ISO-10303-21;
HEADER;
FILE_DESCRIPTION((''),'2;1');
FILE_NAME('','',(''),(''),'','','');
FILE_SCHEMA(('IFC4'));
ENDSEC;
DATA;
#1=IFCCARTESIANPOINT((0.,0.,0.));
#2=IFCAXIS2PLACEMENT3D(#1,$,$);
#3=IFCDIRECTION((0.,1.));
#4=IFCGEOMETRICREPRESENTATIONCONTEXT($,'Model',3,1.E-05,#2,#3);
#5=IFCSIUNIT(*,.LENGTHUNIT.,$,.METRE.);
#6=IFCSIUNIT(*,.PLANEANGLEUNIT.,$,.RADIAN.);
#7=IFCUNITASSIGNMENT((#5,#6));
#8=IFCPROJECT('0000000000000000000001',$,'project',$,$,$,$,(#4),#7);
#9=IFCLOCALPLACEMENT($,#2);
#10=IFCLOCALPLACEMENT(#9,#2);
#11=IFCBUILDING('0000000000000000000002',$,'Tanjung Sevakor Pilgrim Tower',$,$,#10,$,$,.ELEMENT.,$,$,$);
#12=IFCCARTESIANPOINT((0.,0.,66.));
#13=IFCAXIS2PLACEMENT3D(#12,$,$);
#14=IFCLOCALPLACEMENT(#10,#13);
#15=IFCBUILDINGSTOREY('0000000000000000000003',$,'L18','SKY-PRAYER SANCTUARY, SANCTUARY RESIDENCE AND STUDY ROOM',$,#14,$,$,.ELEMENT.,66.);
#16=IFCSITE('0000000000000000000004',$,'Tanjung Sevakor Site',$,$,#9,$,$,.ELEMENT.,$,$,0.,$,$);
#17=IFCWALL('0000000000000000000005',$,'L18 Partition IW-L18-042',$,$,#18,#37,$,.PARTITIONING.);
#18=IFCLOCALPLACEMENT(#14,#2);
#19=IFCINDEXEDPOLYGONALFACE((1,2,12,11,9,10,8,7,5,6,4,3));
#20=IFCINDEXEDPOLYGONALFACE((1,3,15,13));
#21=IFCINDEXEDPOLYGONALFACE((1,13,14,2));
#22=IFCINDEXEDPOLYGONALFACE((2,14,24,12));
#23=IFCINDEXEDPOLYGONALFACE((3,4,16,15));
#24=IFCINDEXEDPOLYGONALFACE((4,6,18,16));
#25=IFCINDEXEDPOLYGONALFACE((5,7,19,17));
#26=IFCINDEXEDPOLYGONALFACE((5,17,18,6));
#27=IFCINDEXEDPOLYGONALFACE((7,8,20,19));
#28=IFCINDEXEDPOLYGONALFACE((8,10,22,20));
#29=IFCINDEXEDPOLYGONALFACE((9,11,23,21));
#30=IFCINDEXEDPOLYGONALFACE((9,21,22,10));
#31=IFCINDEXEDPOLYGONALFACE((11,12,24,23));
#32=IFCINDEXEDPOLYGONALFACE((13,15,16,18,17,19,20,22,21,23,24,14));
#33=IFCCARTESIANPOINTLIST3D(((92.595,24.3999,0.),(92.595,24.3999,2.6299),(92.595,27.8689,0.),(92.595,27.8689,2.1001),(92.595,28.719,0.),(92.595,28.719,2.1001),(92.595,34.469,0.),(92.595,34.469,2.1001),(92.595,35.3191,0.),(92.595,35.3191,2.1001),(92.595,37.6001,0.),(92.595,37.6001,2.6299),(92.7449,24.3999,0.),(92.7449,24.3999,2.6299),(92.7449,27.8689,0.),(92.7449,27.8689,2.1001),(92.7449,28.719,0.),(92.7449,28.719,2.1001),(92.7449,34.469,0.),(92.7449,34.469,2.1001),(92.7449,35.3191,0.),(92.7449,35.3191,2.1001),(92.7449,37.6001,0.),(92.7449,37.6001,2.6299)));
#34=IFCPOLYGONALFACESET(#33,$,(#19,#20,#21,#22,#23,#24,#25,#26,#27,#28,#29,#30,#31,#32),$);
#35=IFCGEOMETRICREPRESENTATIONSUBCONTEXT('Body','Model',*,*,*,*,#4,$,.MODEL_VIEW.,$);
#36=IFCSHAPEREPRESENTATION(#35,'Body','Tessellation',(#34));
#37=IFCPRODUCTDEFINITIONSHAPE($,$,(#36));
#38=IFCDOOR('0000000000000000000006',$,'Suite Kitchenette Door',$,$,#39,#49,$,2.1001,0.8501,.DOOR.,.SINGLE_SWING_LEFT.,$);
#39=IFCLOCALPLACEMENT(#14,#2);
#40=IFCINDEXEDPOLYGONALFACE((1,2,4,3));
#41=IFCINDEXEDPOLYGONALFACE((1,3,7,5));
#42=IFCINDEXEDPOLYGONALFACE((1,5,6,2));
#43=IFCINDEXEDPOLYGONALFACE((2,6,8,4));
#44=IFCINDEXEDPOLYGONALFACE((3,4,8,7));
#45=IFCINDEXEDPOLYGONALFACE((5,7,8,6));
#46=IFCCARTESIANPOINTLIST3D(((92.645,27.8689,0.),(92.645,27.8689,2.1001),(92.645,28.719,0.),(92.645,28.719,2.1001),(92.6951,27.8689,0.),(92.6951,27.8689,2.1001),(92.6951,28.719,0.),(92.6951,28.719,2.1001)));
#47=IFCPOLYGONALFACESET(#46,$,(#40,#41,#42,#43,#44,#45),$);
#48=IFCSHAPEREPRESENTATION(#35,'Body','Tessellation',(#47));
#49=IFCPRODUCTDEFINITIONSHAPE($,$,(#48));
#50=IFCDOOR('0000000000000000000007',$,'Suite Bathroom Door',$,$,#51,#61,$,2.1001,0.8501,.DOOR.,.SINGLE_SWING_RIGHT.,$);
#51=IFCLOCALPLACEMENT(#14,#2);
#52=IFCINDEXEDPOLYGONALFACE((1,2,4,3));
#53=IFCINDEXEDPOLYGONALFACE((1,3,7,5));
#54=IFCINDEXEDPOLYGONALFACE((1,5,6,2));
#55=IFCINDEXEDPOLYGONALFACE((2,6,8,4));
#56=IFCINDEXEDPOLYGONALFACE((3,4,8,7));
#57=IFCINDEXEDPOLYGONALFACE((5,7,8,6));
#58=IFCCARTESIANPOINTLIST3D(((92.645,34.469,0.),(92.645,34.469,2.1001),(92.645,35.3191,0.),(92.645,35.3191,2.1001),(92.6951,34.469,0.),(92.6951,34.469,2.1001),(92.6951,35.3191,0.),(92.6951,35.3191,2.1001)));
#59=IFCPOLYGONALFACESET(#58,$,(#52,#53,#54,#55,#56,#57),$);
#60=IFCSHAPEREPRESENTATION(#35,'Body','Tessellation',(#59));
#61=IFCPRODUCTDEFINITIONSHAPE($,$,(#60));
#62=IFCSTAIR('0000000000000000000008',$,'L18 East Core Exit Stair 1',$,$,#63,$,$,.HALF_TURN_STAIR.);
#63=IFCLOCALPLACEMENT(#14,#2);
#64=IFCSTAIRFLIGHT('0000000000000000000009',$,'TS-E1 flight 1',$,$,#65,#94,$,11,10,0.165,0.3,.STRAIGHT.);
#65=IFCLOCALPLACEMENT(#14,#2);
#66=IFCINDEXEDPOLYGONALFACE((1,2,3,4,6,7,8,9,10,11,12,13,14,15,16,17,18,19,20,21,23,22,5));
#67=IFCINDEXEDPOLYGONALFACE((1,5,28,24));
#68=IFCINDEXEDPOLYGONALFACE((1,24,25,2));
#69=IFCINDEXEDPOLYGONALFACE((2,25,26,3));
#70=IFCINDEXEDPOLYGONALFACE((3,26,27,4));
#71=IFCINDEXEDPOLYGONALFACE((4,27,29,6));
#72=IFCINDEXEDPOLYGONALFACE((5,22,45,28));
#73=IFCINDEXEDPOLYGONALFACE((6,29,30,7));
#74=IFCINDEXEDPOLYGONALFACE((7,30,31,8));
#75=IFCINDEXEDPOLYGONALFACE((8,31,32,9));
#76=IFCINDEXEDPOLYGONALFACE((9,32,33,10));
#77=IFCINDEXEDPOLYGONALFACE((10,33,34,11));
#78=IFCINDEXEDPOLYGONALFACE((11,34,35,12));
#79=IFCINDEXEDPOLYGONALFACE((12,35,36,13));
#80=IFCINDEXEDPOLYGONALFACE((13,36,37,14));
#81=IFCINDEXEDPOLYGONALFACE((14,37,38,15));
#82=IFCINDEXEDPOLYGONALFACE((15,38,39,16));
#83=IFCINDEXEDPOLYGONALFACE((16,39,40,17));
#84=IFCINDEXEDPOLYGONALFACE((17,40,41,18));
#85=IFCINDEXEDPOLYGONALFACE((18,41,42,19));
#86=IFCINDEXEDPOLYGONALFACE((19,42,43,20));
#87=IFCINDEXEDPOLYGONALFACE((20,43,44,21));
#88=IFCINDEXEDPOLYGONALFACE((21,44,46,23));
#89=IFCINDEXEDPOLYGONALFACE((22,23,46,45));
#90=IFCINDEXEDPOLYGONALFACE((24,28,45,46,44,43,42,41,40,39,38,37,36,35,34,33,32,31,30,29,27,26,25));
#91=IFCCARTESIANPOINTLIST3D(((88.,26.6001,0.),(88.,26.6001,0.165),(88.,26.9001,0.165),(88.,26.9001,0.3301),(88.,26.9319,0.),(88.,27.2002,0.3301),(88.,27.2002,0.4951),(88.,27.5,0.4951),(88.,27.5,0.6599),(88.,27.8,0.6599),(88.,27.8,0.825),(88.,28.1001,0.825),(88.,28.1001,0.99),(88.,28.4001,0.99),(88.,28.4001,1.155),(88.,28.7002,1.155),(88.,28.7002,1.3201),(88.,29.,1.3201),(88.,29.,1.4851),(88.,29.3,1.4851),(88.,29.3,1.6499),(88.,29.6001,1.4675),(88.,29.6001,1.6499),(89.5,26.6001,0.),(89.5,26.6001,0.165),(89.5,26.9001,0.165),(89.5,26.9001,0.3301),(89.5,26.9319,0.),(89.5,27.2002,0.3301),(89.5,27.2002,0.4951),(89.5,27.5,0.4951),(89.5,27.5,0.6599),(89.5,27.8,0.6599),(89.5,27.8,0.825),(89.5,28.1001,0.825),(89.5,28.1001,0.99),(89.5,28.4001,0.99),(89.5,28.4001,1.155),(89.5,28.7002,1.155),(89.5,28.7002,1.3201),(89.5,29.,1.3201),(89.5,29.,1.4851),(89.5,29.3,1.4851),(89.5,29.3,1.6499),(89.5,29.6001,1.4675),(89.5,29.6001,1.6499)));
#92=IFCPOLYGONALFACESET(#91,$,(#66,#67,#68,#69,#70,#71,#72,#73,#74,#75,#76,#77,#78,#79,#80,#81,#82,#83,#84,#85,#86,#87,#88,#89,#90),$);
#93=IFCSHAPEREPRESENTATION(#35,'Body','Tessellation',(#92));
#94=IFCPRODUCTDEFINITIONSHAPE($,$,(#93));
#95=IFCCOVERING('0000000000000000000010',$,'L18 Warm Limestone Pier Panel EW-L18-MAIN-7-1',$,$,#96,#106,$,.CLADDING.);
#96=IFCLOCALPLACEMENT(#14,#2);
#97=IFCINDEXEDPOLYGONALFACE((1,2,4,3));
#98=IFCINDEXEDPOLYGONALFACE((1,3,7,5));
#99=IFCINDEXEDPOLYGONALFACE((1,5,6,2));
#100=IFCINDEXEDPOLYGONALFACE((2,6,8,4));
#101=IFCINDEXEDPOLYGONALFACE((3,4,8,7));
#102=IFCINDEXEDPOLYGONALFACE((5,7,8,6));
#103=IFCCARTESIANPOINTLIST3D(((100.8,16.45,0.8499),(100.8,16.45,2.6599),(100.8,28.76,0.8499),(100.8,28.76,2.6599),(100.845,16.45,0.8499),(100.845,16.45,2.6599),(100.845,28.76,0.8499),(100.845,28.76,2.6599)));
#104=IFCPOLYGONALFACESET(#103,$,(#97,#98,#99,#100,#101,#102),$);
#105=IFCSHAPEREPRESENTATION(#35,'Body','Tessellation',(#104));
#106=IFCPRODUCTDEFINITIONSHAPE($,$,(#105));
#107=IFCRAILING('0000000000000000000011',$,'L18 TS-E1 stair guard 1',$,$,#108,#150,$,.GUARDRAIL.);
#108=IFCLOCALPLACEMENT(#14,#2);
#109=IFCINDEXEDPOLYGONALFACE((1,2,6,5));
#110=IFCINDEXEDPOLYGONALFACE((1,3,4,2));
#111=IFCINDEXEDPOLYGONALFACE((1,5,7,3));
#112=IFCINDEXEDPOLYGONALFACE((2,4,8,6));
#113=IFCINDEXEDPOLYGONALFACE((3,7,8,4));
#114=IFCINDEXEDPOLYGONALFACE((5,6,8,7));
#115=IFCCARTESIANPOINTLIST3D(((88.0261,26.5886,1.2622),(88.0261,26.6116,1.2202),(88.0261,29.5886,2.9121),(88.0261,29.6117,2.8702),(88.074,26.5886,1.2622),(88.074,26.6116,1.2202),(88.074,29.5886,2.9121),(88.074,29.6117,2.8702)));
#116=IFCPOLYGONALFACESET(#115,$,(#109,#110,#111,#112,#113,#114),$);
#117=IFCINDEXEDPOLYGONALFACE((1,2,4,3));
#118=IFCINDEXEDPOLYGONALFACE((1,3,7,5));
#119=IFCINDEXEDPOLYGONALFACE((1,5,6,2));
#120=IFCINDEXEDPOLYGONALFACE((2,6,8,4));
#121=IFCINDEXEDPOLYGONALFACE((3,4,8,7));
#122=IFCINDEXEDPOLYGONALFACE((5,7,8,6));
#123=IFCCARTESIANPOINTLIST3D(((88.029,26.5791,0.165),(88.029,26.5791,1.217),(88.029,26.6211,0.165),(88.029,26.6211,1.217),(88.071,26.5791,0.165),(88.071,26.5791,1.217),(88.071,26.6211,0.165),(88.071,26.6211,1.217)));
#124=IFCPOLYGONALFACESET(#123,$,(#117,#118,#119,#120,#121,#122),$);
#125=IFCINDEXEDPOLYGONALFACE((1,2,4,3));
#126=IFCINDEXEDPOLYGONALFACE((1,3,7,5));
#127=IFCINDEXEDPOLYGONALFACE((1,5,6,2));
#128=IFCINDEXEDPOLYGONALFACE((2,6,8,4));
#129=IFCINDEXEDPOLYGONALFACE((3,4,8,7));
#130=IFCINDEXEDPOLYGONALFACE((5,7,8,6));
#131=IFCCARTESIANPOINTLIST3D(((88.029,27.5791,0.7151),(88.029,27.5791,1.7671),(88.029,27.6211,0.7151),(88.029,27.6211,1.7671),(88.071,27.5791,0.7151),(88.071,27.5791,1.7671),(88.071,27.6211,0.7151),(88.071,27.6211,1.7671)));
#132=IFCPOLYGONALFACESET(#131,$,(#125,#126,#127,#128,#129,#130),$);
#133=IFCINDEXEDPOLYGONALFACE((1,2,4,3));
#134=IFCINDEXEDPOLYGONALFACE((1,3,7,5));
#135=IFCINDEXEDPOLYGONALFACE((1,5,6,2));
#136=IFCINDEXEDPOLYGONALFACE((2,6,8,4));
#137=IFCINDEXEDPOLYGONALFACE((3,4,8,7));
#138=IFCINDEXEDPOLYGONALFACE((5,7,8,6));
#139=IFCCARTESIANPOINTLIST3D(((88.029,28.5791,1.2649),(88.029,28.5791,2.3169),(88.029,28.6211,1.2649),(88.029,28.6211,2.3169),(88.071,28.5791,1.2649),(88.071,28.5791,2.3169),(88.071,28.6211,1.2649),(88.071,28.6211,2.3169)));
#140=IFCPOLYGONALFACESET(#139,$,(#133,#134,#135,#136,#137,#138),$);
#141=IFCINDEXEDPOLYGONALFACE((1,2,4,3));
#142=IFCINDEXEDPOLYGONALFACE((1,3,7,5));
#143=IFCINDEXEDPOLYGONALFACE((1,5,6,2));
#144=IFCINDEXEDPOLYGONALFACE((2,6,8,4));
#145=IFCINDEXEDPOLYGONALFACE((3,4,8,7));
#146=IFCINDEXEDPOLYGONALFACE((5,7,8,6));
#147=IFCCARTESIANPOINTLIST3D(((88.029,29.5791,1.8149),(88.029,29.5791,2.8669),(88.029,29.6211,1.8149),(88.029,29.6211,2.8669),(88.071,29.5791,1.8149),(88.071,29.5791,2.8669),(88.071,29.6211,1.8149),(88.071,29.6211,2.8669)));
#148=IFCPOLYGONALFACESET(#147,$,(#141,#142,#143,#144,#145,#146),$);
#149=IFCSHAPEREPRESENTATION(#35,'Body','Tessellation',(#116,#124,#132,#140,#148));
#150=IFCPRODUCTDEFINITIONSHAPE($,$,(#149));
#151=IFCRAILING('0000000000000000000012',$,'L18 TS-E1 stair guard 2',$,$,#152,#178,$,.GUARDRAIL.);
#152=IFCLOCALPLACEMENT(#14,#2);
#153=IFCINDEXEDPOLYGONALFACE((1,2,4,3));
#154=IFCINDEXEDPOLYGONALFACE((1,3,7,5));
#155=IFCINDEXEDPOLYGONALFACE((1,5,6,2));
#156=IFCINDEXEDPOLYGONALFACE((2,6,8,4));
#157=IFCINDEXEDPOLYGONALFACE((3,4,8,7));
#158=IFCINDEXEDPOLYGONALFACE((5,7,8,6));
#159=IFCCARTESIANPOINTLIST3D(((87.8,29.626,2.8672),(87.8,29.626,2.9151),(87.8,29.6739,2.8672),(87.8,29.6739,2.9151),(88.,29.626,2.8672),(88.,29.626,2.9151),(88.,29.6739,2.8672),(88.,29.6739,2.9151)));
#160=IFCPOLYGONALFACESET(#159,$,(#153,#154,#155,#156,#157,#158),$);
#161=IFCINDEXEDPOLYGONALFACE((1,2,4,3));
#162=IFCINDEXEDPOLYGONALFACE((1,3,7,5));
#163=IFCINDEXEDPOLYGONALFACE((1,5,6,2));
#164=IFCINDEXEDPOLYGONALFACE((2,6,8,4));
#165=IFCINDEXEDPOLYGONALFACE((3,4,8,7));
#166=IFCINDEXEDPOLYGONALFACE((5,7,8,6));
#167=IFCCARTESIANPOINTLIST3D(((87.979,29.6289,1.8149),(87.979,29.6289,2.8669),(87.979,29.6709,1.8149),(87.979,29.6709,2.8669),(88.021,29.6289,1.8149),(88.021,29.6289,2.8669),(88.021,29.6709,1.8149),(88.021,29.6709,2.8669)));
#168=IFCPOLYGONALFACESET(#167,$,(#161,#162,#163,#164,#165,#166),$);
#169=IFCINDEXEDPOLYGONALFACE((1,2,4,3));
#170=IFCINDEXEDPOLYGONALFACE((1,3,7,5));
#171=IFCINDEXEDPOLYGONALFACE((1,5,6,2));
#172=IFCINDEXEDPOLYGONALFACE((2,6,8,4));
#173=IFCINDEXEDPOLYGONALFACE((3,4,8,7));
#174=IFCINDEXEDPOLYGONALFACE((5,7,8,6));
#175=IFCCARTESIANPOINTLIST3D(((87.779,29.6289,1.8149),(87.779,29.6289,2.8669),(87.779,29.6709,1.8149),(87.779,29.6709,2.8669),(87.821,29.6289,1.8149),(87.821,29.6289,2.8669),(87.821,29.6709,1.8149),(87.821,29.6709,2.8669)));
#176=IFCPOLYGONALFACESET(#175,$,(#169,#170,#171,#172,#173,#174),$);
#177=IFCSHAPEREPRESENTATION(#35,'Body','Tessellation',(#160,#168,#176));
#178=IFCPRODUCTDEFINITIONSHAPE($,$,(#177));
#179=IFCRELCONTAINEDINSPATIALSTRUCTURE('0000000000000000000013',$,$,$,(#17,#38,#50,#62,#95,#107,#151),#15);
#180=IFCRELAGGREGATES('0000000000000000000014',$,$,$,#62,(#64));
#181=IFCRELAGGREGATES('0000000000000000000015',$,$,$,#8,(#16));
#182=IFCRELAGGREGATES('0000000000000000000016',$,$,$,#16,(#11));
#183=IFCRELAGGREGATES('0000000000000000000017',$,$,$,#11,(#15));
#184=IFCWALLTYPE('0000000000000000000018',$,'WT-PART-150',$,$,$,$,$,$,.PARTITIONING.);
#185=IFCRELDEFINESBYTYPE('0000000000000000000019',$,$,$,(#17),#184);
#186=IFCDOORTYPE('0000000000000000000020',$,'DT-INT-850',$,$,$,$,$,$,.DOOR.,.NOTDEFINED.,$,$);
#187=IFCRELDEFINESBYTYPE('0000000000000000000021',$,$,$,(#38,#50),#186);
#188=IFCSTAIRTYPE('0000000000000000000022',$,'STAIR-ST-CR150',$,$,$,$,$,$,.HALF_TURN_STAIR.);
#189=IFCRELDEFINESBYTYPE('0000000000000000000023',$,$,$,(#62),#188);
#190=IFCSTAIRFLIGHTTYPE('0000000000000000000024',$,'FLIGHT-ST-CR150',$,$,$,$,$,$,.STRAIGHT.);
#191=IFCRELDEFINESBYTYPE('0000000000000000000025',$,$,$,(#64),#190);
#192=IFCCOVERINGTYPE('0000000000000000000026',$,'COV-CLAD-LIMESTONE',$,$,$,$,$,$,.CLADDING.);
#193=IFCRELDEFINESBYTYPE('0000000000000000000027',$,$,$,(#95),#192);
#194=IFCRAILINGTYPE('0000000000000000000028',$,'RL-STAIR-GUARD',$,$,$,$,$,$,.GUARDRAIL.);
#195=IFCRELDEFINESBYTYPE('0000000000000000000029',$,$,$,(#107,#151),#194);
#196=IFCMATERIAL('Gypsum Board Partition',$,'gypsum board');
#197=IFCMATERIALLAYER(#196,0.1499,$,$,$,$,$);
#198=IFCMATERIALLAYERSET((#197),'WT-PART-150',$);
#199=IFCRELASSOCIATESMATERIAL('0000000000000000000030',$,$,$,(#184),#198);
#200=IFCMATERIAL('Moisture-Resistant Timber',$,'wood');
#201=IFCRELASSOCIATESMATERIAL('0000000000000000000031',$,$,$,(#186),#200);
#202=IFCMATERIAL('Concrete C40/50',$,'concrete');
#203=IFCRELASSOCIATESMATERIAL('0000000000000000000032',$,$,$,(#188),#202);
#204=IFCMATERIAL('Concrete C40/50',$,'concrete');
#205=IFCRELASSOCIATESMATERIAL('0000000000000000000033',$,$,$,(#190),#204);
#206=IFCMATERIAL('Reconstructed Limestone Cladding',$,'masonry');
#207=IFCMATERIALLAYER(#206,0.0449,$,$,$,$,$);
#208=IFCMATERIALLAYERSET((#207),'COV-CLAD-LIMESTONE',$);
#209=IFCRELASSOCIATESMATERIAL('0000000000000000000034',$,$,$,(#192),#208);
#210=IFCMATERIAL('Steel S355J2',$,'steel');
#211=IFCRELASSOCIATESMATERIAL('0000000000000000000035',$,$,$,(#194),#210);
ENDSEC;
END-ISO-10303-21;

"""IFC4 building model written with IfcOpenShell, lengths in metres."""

from ifc_helpers import new_model, si_unit, direction, frame, frame_2d, origin, origin_2d, place, context, subcontext, project, spatial, polyline, rectangle, outline, extrude, material, layer, layer_set, type_object, element, fill, aggregate, save


model = new_model("IFC4")

# Units and contexts
model_context = context("Model", 3, precision=1e-05, world=origin(), true_north=direction((0.0, 1.0)))
body_context = subcontext(model_context, "Body", "Model", "MODEL_VIEW")
ifc_project = project(units=[si_unit("LENGTHUNIT", "METRE"), si_unit("PLANEANGLEUNIT", "RADIAN")], contexts=[model_context])

# Site, building, storey
site_placement = place(None, origin())
site = spatial("IfcSite", under=ifc_project, at=site_placement, Name="Tanjung Sevakor Site", CompositionType="ELEMENT", RefElevation=0.0)
building_placement = place(site_placement, origin())
building = spatial("IfcBuilding", under=site, at=building_placement, Name="Tanjung Sevakor Pilgrim Tower", CompositionType="ELEMENT")
storey_placement = place(building_placement, frame((0.0, 0.0, 66.0)))
storey = spatial("IfcBuildingStorey", under=building, at=storey_placement, Name="L18", Description="SKY-PRAYER SANCTUARY, SANCTUARY RESIDENCE AND STUDY ROOM", CompositionType="ELEMENT", Elevation=66.0)

# Shared definitions
ifc_material_1 = material(Name="Gypsum Board Partition", Category="gypsum board")
ifc_layer_1 = layer(ifc_material_1, 0.1499)
ifc_layer_set_1 = layer_set([ifc_layer_1], Name="WT-PART-150")
wall_type_1 = type_object("IfcWallType", Name="WT-PART-150", PredefinedType="PARTITIONING", material=ifc_layer_set_1)
ifc_material_2 = material(Name="Moisture-Resistant Timber", Category="wood")
door_type_1 = type_object("IfcDoorType", Name="DT-INT-850", OperationType="NOTDEFINED", PredefinedType="DOOR", material=ifc_material_2)

# Wall, openings, doors
wall_1_placement = place(storey_placement, frame((92.6699, 24.3999, 0.0), z_axis=(0.0, 0.0, 1.0), x_axis=(0.0, 1.0, 0.0)))
wall_1 = element("IfcWall", 1, at=wall_1_placement, inside=storey, type_object=wall_type_1, Name="L18 Partition IW-L18-042", PredefinedType="PARTITIONING", context=body_context, shape_type="SweptSolid", body=[
    extrude(rectangle(XDim=13.2002, YDim=0.1499, at=frame_2d((6.6001, 0.0))), origin(), (0.0, 0.0, 1.0), 2.6299),
])
opening_1_placement = place(wall_1_placement, frame((3.469, 0.0, 0.0)))
opening_1 = element("IfcOpeningElement", 2, at=opening_1_placement, cuts=wall_1, PredefinedType="OPENING", context=body_context, shape_type="SweptSolid", body=[
    extrude(rectangle(XDim=0.8501, YDim=2.1001, at=frame_2d((0.425, 1.05))), frame((0.0, 0.085, 0.0), z_axis=(0.0, -1.0, 0.0), x_axis=(1.0, 0.0, 0.0)), (0.0, 0.0, 1.0), 0.1699),
])
opening_2_placement = place(wall_1_placement, frame((10.0691, 0.0, 0.0)))
opening_2 = element("IfcOpeningElement", 3, at=opening_2_placement, cuts=wall_1, PredefinedType="OPENING", context=body_context, shape_type="SweptSolid", body=[
    extrude(rectangle(XDim=0.8501, YDim=2.1001, at=frame_2d((0.425, 1.05))), frame((0.0, 0.085, 0.0), z_axis=(0.0, -1.0, 0.0), x_axis=(1.0, 0.0, 0.0)), (0.0, 0.0, 1.0), 0.1699),
])
door_1_placement = place(opening_1_placement, origin())
door_1 = element("IfcDoor", 4, at=door_1_placement, inside=storey, type_object=door_type_1, Name="Suite Kitchenette Door", OperationType="SINGLE_SWING_LEFT", OverallHeight=2.1001, OverallWidth=0.8501, PredefinedType="DOOR", context=body_context, shape_type="SweptSolid", body=[
    extrude(rectangle(XDim=0.8501, YDim=2.1001, at=frame_2d((0.425, 1.05))), frame((0.0, 0.0249, 0.0), z_axis=(0.0, -1.0, 0.0), x_axis=(1.0, 0.0, 0.0)), (0.0, 0.0, 1.0), 0.05),
])
fill(opening_1, door_1)
door_2_placement = place(opening_2_placement, origin())
door_2 = element("IfcDoor", 5, at=door_2_placement, inside=storey, type_object=door_type_1, Name="Suite Bathroom Door", OperationType="SINGLE_SWING_RIGHT", OverallHeight=2.1001, OverallWidth=0.8501, PredefinedType="DOOR", context=body_context, shape_type="SweptSolid", body=[
    extrude(rectangle(XDim=0.8501, YDim=2.1001, at=frame_2d((0.425, 1.05))), frame((0.0, 0.0249, 0.0), z_axis=(0.0, -1.0, 0.0), x_axis=(1.0, 0.0, 0.0)), (0.0, 0.0, 1.0), 0.05),
])
fill(opening_2, door_2)

# Stair, stair flight
ifc_material_3 = material(Name="Concrete C40/50", Category="concrete")
stair_type = type_object("IfcStairType", Name="STAIR-ST-CR150", PredefinedType="HALF_TURN_STAIR", material=ifc_material_3)
stair_placement = place(storey_placement, origin())
stair = element("IfcStair", 6, at=stair_placement, inside=storey, type_object=stair_type, Name="L18 East Core Exit Stair 1", PredefinedType="HALF_TURN_STAIR")
ifc_material_4 = material(Name="Concrete C40/50", Category="concrete")
stair_flight_type = type_object("IfcStairFlightType", Name="FLIGHT-ST-CR150", PredefinedType="STRAIGHT", material=ifc_material_4)
stair_flight_placement = place(storey_placement, frame((88.75, 26.6001, 0.0), z_axis=(0.0, 0.0, 1.0), x_axis=(0.0, 1.0, 0.0)))
stair_flight = element("IfcStairFlight", 7, at=stair_flight_placement, type_object=stair_flight_type, Name="TS-E1 flight 1", NumberOfRisers=11, NumberOfTreads=10, PredefinedType="STRAIGHT", RiserHeight=0.165, TreadLength=0.3, context=body_context, shape_type="SweptSolid", body=[
    extrude(outline(polyline([(0.0, 0.0), (0.0, 0.165), (0.3, 0.165), (0.3, 0.3301), (0.6001, 0.3301), (0.6001, 0.4951), (0.8999, 0.4951), (0.8999, 0.6599), (1.2, 0.6599), (1.2, 0.825), (1.5, 0.825), (1.5, 0.99), (1.8, 0.99), (1.8, 1.155), (2.1001, 1.155), (2.1001, 1.3201), (2.3999, 1.3201), (2.3999, 1.4851), (2.7, 1.4851), (2.7, 1.6499), (3.0, 1.6499), (3.0, 1.8149), (3.0, 1.4675), (0.3318, 0.0), (0.0, 0.0)])), frame((0.0, 0.75, 0.0), z_axis=(0.0, -1.0, 0.0), x_axis=(1.0, 0.0, 0.0)), (0.0, 0.0, 1.0), 1.5),
])
aggregate(stair, [stair_flight])

# Covering
ifc_material_5 = material(Name="Reconstructed Limestone Cladding", Category="masonry")
ifc_layer_2 = layer(ifc_material_5, 0.0449)
ifc_layer_set_2 = layer_set([ifc_layer_2], Name="COV-CLAD-LIMESTONE")
covering_type = type_object("IfcCoveringType", Name="COV-CLAD-LIMESTONE", PredefinedType="CLADDING", material=ifc_layer_set_2)
covering_placement = place(storey_placement, frame((100.8225, 22.605, 0.8499), z_axis=(0.0, 0.0, 1.0), x_axis=(0.0, 1.0, 0.0)))
element("IfcCovering", 8, at=covering_placement, inside=storey, type_object=covering_type, Name="L18 Warm Limestone Pier Panel EW-L18-MAIN-7-1", PredefinedType="CLADDING", context=body_context, shape_type="SweptSolid", body=[
    extrude(rectangle(XDim=12.3101, YDim=0.0449, at=origin_2d()), origin(), (0.0, 0.0, 1.0), 1.8101),
])

# Railings
ifc_material_6 = material(Name="Steel S355J2", Category="steel")
railing_type_1 = type_object("IfcRailingType", Name="RL-STAIR-GUARD", PredefinedType="GUARDRAIL", material=ifc_material_6)
railing_1_placement = place(storey_placement, frame((88.05, 26.6001, 0.165)))
element("IfcRailing", 9, at=railing_1_placement, inside=storey, type_object=railing_type_1, Name="L18 TS-E1 stair guard 1", PredefinedType="GUARDRAIL", context=body_context, shape_type="SweptSolid", body=[
    extrude(rectangle(XDim=0.0479, YDim=0.0479), frame((0.0, 0.0, 1.0762), z_axis=(0.0, 0.876228, 0.481897), x_axis=(-1.0, 0.0, 0.0)), (0.0, 0.0, 1.0), 3.4238),
    extrude(rectangle(XDim=0.042, YDim=0.042), origin(), (0.0, 0.0, 1.0), 1.052),
    extrude(rectangle(XDim=0.042, YDim=0.042), frame((0.0, 1.0, 0.55)), (0.0, 0.0, 1.0), 1.052),
    extrude(rectangle(XDim=0.042, YDim=0.042), frame((0.0, 2.0, 1.0999)), (0.0, 0.0, 1.0), 1.052),
    extrude(rectangle(XDim=0.042, YDim=0.042), frame((0.0, 3.0, 1.6499)), (0.0, 0.0, 1.0), 1.052),
])
for number, where, name in (
    (10, (88.0, 29.6499, 1.8149), "L18 TS-E1 stair guard 2"),
):
    element("IfcRailing", number, at=place(storey_placement, frame(where)), inside=storey, type_object=railing_type_1, Name=name, PredefinedType="GUARDRAIL", context=body_context, shape_type="SweptSolid", body=[
        extrude(rectangle(XDim=0.0479, YDim=0.0479), frame((0.0, 0.0, 1.0762), z_axis=(-1.0, 0.0, 0.0), x_axis=(0.0, -1.0, 0.0)), (0.0, 0.0, 1.0), 0.2),
        extrude(rectangle(XDim=0.042, YDim=0.042), origin(), (0.0, 0.0, 1.0), 1.052),
        extrude(rectangle(XDim=0.042, YDim=0.042), frame((-0.2, 0.0, 0.0)), (0.0, 0.0, 1.0), 1.052),
    ])

save(model, "model.ifc")
